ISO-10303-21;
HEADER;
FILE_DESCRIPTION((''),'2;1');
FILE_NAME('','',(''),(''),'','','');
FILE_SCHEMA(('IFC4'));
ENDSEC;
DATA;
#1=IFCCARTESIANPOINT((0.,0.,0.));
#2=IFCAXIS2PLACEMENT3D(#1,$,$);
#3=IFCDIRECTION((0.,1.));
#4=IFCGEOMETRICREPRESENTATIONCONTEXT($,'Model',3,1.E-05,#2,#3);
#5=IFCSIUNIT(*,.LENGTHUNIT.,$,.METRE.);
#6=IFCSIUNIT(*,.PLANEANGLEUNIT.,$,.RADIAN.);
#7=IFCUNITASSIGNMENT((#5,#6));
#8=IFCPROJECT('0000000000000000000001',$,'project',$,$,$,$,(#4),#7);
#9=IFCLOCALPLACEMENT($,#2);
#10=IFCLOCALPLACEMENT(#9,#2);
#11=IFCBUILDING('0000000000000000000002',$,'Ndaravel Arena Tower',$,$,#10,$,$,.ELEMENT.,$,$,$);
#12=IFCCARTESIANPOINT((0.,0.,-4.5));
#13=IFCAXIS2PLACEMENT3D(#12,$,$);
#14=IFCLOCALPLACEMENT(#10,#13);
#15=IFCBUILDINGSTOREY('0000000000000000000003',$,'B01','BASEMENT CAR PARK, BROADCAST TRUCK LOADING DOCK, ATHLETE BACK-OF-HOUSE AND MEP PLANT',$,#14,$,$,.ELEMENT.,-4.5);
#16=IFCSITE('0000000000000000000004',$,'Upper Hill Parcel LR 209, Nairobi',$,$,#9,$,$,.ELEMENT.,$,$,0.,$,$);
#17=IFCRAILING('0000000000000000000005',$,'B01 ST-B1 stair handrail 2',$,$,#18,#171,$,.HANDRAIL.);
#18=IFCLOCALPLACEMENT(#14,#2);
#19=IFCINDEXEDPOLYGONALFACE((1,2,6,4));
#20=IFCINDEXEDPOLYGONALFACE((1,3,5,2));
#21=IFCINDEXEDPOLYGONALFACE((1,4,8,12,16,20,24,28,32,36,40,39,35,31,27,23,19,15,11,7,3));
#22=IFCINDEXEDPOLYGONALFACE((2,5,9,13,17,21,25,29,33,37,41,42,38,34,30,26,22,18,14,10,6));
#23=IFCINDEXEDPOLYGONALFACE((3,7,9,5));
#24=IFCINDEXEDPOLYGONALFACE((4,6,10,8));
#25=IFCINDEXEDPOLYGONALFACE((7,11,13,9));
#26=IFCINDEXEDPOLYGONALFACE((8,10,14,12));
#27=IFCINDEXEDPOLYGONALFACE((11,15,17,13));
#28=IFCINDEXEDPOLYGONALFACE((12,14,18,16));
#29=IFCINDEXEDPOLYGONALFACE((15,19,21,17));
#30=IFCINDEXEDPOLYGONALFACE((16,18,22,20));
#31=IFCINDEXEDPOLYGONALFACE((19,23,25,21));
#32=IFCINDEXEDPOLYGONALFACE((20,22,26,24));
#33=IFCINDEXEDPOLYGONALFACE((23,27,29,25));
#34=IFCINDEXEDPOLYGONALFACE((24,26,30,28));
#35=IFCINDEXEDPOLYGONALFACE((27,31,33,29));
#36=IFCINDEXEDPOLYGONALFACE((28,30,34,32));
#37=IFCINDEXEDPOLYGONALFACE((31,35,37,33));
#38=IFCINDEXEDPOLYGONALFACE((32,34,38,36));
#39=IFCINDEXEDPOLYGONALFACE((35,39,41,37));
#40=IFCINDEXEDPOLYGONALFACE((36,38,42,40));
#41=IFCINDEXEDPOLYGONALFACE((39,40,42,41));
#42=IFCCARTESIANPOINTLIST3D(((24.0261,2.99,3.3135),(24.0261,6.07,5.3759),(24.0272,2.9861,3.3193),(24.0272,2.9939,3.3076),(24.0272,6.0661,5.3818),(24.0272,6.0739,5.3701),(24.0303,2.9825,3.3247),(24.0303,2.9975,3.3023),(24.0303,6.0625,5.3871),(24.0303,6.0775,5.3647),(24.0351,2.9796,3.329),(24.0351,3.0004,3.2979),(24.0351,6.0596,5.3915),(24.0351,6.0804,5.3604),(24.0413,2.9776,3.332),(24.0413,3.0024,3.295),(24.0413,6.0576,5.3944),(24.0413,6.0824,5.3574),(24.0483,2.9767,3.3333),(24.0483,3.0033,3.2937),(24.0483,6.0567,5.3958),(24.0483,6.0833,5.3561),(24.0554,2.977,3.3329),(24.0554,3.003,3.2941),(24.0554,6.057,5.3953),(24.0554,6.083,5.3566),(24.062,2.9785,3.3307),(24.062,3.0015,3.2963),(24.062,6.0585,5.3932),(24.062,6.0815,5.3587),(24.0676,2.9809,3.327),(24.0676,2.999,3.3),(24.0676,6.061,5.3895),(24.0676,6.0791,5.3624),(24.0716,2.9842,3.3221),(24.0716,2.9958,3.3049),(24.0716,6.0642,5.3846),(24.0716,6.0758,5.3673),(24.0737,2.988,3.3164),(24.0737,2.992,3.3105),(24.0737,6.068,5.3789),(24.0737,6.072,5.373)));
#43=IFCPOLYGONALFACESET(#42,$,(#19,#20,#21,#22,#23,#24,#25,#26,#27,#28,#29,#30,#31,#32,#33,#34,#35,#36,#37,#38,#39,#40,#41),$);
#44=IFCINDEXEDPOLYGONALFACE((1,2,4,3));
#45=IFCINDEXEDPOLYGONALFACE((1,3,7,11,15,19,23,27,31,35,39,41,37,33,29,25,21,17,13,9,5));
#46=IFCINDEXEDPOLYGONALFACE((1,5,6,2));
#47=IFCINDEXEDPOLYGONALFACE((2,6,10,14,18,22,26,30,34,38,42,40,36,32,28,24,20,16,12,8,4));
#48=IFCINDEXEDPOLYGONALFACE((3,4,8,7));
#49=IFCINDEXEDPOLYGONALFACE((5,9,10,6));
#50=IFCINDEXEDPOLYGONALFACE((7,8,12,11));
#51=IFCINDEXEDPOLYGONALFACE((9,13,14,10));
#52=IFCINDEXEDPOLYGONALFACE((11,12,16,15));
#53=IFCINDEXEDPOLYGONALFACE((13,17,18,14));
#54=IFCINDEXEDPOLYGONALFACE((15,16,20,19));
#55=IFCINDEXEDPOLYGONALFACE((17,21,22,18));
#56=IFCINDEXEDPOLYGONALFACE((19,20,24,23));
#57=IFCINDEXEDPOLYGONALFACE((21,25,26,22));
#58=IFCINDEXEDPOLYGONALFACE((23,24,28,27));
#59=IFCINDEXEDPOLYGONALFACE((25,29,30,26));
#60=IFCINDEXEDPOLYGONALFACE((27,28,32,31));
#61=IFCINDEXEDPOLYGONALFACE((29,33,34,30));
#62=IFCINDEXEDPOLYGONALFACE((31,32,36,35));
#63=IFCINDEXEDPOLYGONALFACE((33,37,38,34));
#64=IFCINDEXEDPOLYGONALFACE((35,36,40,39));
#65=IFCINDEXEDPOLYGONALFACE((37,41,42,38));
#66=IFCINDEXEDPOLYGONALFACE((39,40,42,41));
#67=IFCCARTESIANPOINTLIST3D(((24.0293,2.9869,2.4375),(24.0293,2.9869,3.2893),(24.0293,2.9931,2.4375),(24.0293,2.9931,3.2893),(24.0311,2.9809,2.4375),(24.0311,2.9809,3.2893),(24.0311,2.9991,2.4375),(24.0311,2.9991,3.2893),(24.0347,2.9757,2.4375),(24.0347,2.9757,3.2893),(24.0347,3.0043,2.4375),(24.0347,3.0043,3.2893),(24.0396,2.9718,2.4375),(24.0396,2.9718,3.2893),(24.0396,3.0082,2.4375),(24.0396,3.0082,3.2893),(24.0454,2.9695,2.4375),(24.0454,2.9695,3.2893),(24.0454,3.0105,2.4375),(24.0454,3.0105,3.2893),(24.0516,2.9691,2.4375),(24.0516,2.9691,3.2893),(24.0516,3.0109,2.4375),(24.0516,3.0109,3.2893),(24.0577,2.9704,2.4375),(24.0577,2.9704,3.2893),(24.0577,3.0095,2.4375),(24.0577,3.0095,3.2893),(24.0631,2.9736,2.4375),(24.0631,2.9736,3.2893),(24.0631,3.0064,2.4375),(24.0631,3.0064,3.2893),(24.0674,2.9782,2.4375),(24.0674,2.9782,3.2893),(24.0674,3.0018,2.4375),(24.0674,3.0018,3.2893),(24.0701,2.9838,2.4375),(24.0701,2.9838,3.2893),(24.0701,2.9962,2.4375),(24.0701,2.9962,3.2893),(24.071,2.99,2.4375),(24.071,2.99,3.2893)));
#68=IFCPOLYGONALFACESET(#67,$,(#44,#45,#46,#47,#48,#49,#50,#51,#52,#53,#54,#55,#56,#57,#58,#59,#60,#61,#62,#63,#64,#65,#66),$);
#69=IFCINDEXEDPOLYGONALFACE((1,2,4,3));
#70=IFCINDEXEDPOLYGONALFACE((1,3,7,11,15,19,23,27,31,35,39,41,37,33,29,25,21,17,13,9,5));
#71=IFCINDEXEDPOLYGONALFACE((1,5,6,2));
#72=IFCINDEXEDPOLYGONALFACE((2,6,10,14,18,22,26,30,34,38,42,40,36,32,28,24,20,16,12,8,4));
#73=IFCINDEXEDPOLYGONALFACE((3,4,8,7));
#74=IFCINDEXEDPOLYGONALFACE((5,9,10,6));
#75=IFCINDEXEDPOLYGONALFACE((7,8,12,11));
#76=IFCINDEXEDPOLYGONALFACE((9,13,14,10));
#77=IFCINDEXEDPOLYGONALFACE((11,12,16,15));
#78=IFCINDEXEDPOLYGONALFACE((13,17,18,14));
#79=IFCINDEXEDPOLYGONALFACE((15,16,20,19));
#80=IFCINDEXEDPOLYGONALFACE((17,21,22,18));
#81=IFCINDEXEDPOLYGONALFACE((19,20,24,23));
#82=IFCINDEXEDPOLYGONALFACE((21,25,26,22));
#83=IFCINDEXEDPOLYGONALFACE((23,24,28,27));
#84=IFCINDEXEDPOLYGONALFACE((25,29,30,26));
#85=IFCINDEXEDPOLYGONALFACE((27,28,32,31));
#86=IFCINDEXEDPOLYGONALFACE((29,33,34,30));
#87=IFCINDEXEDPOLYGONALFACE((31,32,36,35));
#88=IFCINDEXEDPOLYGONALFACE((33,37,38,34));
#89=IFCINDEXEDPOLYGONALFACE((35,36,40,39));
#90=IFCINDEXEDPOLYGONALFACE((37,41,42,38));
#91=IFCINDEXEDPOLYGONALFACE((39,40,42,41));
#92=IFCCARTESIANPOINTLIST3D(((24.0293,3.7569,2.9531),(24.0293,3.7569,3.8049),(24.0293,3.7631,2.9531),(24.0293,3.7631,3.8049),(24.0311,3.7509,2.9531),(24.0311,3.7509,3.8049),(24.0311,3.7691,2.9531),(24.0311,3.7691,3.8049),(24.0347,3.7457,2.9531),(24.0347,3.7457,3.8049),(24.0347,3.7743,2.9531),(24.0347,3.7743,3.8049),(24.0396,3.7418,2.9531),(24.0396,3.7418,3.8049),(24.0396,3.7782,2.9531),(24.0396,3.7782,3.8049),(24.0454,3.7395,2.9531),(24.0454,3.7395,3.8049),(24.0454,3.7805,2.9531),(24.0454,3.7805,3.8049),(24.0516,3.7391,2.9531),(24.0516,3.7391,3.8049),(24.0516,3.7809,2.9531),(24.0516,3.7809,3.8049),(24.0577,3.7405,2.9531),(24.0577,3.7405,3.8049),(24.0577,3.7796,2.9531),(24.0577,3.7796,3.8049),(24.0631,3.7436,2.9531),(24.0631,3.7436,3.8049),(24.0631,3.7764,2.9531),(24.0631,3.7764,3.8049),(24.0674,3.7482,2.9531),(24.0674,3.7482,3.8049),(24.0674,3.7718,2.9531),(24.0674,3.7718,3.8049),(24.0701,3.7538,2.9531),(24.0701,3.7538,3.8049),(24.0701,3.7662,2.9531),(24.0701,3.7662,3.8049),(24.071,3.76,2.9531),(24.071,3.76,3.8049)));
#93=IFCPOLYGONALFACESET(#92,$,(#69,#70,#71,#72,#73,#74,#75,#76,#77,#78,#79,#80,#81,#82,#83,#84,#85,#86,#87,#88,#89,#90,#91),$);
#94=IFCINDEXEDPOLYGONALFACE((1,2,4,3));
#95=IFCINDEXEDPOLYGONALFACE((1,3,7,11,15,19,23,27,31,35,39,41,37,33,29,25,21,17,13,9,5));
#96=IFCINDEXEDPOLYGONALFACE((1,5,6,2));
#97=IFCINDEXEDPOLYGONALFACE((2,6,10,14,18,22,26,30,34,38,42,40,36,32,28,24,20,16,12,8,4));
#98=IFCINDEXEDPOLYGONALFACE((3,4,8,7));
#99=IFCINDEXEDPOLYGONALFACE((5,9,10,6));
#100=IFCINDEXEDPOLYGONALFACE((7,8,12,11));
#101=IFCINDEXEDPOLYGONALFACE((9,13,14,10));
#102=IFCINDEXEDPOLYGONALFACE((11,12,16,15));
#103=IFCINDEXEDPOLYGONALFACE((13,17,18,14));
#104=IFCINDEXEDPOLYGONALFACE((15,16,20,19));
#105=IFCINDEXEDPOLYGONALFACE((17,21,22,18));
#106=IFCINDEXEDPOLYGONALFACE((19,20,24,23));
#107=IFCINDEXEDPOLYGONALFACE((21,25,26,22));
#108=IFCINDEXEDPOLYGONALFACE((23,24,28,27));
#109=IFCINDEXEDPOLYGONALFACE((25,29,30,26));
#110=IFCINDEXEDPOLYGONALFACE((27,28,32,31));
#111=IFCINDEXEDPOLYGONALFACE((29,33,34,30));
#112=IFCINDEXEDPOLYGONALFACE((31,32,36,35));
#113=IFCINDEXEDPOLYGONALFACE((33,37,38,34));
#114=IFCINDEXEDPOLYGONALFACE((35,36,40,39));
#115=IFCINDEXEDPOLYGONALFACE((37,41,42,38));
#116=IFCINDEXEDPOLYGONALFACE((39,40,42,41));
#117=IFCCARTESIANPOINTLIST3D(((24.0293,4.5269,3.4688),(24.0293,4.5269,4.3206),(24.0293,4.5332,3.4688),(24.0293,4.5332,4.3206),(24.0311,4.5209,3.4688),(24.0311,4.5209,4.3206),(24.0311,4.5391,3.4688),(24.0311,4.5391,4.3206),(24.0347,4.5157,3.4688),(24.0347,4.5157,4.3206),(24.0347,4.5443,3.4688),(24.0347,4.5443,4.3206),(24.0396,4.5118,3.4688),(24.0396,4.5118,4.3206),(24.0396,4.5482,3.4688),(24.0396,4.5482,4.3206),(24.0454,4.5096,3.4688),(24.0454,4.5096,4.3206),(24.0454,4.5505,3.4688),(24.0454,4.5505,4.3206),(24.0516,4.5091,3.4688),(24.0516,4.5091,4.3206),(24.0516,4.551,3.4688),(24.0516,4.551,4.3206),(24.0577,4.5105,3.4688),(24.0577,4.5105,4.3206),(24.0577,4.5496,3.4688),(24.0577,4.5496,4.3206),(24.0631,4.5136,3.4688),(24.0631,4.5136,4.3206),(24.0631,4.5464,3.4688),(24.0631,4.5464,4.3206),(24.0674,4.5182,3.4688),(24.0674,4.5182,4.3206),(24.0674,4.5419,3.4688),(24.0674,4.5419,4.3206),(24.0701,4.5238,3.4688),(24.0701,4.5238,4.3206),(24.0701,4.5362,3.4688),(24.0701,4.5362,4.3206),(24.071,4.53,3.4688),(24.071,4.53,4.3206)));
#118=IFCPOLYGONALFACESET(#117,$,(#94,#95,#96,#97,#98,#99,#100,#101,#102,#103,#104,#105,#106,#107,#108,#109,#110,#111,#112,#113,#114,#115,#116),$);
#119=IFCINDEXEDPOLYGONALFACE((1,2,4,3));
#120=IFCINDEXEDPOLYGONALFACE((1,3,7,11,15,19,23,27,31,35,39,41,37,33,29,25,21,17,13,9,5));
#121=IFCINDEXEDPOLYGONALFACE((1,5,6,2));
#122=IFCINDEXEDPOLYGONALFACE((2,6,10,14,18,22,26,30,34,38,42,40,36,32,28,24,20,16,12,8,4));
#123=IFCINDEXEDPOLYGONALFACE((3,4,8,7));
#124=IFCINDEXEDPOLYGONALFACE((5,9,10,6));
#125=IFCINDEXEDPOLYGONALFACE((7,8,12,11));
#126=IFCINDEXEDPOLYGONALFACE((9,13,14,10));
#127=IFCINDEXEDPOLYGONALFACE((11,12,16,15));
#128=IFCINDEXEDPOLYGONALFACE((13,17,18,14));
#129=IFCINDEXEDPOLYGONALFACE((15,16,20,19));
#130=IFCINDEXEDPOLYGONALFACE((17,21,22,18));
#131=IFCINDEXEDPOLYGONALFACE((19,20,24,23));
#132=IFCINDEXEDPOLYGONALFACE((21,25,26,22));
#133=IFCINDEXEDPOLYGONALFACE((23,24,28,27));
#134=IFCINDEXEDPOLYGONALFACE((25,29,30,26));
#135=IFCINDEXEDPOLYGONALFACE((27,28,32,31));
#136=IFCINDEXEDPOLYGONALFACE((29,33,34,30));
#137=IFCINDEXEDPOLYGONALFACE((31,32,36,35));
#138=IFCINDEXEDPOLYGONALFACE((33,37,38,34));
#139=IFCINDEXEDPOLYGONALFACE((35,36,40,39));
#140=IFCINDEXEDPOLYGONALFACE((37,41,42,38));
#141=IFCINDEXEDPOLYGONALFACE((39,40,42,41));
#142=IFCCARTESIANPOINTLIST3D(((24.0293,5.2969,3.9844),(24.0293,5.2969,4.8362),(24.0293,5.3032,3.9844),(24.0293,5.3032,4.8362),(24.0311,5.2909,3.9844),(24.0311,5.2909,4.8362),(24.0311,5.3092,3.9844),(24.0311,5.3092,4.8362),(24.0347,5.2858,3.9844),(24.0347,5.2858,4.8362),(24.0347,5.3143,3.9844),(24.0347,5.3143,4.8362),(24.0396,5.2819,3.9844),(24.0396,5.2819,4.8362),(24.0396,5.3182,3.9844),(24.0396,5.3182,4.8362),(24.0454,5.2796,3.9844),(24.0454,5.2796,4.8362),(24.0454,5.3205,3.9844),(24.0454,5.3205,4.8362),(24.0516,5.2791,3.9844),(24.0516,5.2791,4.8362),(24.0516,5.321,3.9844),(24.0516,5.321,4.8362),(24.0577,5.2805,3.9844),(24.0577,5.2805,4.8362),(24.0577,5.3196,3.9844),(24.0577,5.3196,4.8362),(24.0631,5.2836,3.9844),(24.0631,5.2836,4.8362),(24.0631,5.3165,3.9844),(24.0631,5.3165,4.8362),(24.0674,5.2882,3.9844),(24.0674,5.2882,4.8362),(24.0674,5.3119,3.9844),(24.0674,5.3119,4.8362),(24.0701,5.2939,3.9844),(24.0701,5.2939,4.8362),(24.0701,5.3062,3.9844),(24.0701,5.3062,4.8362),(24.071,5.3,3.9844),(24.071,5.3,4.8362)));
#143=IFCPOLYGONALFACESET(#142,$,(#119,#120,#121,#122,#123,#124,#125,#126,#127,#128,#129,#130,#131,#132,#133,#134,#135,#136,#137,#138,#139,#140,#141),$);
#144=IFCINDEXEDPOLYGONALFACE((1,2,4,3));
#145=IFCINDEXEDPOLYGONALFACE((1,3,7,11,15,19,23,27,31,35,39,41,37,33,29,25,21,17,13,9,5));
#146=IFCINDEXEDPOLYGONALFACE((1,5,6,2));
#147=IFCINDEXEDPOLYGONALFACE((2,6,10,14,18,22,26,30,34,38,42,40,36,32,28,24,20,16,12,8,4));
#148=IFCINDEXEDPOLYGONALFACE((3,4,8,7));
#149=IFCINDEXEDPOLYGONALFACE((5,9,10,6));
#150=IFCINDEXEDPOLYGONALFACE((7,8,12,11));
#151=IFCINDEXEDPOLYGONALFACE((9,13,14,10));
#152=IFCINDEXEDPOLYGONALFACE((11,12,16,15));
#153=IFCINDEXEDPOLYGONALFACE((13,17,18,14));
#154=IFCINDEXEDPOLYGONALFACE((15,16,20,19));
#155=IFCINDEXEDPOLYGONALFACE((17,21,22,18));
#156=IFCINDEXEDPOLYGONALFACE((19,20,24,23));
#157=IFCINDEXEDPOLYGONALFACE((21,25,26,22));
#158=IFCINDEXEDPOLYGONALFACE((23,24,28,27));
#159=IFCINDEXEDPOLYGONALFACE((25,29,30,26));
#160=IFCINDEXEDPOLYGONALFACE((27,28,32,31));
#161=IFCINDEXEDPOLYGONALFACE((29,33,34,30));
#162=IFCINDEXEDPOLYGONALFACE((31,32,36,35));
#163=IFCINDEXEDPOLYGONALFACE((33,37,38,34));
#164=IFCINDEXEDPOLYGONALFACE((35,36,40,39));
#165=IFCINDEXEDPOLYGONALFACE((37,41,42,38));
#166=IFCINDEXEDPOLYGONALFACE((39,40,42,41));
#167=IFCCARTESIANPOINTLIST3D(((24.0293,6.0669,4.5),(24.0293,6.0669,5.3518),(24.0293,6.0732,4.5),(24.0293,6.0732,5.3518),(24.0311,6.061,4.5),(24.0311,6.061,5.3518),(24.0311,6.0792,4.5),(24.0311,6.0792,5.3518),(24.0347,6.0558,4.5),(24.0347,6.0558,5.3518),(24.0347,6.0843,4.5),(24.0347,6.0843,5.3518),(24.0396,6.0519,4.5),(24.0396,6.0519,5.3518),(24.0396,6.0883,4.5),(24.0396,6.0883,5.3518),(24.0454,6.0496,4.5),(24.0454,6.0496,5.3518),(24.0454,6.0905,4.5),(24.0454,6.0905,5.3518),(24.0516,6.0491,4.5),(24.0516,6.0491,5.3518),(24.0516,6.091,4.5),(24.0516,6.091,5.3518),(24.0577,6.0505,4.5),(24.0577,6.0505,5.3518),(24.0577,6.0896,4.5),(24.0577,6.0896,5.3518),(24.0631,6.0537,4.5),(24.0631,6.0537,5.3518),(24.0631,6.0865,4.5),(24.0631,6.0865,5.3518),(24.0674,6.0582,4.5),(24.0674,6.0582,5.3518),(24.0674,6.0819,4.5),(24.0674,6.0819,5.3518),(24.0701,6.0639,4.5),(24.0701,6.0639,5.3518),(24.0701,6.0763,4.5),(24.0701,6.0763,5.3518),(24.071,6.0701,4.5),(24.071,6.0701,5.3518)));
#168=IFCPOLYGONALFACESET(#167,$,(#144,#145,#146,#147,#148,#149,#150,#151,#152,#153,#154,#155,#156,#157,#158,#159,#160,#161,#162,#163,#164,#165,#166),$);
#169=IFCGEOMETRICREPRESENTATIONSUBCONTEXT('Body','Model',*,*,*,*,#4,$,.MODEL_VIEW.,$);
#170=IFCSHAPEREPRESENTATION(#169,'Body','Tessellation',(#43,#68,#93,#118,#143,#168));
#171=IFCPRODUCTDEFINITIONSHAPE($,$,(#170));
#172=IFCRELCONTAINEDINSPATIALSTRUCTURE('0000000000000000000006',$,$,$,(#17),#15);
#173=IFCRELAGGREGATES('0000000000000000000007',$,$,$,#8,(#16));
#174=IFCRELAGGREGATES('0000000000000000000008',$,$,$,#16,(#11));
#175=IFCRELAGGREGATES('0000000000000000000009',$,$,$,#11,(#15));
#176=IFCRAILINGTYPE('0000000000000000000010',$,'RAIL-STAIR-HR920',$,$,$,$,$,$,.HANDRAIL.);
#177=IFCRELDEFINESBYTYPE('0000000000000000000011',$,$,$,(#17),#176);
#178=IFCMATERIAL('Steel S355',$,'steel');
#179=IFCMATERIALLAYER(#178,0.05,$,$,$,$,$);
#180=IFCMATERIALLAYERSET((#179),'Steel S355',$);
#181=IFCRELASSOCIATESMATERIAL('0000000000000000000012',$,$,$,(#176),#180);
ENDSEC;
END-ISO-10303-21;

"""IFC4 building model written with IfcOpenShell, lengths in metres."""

from ifc_helpers import new_model, si_unit, direction, frame, origin, origin_2d, place, context, subcontext, project, spatial, circle, extrude, material, layer, layer_set, type_object, element, save


model = new_model("IFC4")

# Units and contexts
model_context = context("Model", 3, precision=1e-05, world=origin(), true_north=direction((0.0, 1.0)))
body_context = subcontext(model_context, "Body", "Model", "MODEL_VIEW")
ifc_project = project(units=[si_unit("LENGTHUNIT", "METRE"), si_unit("PLANEANGLEUNIT", "RADIAN")], contexts=[model_context])

# Site, building, storey
site_placement = place(None, origin())
site = spatial("IfcSite", under=ifc_project, at=site_placement, Name="Upper Hill Parcel LR 209, Nairobi", CompositionType="ELEMENT", RefElevation=0.0)
building_placement = place(site_placement, origin())
building = spatial("IfcBuilding", under=site, at=building_placement, Name="Ndaravel Arena Tower", CompositionType="ELEMENT")
storey_placement = place(building_placement, frame((0.0, 0.0, -4.5)))
storey = spatial("IfcBuildingStorey", under=building, at=storey_placement, Name="B01", Description="BASEMENT CAR PARK, BROADCAST TRUCK LOADING DOCK, ATHLETE BACK-OF-HOUSE AND MEP PLANT", CompositionType="ELEMENT", Elevation=-4.5)

# Railing
ifc_material_1 = material(Name="Steel S355", Category="steel")
ifc_layer_1 = layer(ifc_material_1, 0.05)
ifc_layer_set_1 = layer_set([ifc_layer_1], Name="Steel S355")
railing_type_1 = type_object("IfcRailingType", Name="RAIL-STAIR-HR920", PredefinedType="HANDRAIL", material=ifc_layer_set_1)
railing_1_placement = place(storey_placement, frame((24.05, 2.99, 2.4375)))
element("IfcRailing", 1, at=railing_1_placement, inside=storey, type_object=railing_type_1, Name="B01 ST-B1 stair handrail 2", PredefinedType="HANDRAIL", context=body_context, shape_type="SweptSolid", body=[
    extrude(circle(Radius=0.0239, at=origin_2d()), frame((0.0, 0.0, 0.876), z_axis=(0.0, 0.830914, 0.556401), x_axis=(-1.0, 0.0, 0.0)), (0.0, 0.0, 1.0), 3.7068),
    extrude(circle(Radius=0.021, at=origin_2d()), origin(), (0.0, 0.0, 1.0), 0.8518),
    extrude(circle(Radius=0.021, at=origin_2d()), frame((0.0, 0.77, 0.5156)), (0.0, 0.0, 1.0), 0.8518),
    extrude(circle(Radius=0.021, at=origin_2d()), frame((0.0, 1.54, 1.0312)), (0.0, 0.0, 1.0), 0.8518),
    extrude(circle(Radius=0.021, at=origin_2d()), frame((0.0, 2.3101, 1.5469)), (0.0, 0.0, 1.0), 0.8518),
    extrude(circle(Radius=0.021, at=origin_2d()), frame((0.0, 3.0801, 2.0625)), (0.0, 0.0, 1.0), 0.8518),
])

save(model, "model.ifc")
